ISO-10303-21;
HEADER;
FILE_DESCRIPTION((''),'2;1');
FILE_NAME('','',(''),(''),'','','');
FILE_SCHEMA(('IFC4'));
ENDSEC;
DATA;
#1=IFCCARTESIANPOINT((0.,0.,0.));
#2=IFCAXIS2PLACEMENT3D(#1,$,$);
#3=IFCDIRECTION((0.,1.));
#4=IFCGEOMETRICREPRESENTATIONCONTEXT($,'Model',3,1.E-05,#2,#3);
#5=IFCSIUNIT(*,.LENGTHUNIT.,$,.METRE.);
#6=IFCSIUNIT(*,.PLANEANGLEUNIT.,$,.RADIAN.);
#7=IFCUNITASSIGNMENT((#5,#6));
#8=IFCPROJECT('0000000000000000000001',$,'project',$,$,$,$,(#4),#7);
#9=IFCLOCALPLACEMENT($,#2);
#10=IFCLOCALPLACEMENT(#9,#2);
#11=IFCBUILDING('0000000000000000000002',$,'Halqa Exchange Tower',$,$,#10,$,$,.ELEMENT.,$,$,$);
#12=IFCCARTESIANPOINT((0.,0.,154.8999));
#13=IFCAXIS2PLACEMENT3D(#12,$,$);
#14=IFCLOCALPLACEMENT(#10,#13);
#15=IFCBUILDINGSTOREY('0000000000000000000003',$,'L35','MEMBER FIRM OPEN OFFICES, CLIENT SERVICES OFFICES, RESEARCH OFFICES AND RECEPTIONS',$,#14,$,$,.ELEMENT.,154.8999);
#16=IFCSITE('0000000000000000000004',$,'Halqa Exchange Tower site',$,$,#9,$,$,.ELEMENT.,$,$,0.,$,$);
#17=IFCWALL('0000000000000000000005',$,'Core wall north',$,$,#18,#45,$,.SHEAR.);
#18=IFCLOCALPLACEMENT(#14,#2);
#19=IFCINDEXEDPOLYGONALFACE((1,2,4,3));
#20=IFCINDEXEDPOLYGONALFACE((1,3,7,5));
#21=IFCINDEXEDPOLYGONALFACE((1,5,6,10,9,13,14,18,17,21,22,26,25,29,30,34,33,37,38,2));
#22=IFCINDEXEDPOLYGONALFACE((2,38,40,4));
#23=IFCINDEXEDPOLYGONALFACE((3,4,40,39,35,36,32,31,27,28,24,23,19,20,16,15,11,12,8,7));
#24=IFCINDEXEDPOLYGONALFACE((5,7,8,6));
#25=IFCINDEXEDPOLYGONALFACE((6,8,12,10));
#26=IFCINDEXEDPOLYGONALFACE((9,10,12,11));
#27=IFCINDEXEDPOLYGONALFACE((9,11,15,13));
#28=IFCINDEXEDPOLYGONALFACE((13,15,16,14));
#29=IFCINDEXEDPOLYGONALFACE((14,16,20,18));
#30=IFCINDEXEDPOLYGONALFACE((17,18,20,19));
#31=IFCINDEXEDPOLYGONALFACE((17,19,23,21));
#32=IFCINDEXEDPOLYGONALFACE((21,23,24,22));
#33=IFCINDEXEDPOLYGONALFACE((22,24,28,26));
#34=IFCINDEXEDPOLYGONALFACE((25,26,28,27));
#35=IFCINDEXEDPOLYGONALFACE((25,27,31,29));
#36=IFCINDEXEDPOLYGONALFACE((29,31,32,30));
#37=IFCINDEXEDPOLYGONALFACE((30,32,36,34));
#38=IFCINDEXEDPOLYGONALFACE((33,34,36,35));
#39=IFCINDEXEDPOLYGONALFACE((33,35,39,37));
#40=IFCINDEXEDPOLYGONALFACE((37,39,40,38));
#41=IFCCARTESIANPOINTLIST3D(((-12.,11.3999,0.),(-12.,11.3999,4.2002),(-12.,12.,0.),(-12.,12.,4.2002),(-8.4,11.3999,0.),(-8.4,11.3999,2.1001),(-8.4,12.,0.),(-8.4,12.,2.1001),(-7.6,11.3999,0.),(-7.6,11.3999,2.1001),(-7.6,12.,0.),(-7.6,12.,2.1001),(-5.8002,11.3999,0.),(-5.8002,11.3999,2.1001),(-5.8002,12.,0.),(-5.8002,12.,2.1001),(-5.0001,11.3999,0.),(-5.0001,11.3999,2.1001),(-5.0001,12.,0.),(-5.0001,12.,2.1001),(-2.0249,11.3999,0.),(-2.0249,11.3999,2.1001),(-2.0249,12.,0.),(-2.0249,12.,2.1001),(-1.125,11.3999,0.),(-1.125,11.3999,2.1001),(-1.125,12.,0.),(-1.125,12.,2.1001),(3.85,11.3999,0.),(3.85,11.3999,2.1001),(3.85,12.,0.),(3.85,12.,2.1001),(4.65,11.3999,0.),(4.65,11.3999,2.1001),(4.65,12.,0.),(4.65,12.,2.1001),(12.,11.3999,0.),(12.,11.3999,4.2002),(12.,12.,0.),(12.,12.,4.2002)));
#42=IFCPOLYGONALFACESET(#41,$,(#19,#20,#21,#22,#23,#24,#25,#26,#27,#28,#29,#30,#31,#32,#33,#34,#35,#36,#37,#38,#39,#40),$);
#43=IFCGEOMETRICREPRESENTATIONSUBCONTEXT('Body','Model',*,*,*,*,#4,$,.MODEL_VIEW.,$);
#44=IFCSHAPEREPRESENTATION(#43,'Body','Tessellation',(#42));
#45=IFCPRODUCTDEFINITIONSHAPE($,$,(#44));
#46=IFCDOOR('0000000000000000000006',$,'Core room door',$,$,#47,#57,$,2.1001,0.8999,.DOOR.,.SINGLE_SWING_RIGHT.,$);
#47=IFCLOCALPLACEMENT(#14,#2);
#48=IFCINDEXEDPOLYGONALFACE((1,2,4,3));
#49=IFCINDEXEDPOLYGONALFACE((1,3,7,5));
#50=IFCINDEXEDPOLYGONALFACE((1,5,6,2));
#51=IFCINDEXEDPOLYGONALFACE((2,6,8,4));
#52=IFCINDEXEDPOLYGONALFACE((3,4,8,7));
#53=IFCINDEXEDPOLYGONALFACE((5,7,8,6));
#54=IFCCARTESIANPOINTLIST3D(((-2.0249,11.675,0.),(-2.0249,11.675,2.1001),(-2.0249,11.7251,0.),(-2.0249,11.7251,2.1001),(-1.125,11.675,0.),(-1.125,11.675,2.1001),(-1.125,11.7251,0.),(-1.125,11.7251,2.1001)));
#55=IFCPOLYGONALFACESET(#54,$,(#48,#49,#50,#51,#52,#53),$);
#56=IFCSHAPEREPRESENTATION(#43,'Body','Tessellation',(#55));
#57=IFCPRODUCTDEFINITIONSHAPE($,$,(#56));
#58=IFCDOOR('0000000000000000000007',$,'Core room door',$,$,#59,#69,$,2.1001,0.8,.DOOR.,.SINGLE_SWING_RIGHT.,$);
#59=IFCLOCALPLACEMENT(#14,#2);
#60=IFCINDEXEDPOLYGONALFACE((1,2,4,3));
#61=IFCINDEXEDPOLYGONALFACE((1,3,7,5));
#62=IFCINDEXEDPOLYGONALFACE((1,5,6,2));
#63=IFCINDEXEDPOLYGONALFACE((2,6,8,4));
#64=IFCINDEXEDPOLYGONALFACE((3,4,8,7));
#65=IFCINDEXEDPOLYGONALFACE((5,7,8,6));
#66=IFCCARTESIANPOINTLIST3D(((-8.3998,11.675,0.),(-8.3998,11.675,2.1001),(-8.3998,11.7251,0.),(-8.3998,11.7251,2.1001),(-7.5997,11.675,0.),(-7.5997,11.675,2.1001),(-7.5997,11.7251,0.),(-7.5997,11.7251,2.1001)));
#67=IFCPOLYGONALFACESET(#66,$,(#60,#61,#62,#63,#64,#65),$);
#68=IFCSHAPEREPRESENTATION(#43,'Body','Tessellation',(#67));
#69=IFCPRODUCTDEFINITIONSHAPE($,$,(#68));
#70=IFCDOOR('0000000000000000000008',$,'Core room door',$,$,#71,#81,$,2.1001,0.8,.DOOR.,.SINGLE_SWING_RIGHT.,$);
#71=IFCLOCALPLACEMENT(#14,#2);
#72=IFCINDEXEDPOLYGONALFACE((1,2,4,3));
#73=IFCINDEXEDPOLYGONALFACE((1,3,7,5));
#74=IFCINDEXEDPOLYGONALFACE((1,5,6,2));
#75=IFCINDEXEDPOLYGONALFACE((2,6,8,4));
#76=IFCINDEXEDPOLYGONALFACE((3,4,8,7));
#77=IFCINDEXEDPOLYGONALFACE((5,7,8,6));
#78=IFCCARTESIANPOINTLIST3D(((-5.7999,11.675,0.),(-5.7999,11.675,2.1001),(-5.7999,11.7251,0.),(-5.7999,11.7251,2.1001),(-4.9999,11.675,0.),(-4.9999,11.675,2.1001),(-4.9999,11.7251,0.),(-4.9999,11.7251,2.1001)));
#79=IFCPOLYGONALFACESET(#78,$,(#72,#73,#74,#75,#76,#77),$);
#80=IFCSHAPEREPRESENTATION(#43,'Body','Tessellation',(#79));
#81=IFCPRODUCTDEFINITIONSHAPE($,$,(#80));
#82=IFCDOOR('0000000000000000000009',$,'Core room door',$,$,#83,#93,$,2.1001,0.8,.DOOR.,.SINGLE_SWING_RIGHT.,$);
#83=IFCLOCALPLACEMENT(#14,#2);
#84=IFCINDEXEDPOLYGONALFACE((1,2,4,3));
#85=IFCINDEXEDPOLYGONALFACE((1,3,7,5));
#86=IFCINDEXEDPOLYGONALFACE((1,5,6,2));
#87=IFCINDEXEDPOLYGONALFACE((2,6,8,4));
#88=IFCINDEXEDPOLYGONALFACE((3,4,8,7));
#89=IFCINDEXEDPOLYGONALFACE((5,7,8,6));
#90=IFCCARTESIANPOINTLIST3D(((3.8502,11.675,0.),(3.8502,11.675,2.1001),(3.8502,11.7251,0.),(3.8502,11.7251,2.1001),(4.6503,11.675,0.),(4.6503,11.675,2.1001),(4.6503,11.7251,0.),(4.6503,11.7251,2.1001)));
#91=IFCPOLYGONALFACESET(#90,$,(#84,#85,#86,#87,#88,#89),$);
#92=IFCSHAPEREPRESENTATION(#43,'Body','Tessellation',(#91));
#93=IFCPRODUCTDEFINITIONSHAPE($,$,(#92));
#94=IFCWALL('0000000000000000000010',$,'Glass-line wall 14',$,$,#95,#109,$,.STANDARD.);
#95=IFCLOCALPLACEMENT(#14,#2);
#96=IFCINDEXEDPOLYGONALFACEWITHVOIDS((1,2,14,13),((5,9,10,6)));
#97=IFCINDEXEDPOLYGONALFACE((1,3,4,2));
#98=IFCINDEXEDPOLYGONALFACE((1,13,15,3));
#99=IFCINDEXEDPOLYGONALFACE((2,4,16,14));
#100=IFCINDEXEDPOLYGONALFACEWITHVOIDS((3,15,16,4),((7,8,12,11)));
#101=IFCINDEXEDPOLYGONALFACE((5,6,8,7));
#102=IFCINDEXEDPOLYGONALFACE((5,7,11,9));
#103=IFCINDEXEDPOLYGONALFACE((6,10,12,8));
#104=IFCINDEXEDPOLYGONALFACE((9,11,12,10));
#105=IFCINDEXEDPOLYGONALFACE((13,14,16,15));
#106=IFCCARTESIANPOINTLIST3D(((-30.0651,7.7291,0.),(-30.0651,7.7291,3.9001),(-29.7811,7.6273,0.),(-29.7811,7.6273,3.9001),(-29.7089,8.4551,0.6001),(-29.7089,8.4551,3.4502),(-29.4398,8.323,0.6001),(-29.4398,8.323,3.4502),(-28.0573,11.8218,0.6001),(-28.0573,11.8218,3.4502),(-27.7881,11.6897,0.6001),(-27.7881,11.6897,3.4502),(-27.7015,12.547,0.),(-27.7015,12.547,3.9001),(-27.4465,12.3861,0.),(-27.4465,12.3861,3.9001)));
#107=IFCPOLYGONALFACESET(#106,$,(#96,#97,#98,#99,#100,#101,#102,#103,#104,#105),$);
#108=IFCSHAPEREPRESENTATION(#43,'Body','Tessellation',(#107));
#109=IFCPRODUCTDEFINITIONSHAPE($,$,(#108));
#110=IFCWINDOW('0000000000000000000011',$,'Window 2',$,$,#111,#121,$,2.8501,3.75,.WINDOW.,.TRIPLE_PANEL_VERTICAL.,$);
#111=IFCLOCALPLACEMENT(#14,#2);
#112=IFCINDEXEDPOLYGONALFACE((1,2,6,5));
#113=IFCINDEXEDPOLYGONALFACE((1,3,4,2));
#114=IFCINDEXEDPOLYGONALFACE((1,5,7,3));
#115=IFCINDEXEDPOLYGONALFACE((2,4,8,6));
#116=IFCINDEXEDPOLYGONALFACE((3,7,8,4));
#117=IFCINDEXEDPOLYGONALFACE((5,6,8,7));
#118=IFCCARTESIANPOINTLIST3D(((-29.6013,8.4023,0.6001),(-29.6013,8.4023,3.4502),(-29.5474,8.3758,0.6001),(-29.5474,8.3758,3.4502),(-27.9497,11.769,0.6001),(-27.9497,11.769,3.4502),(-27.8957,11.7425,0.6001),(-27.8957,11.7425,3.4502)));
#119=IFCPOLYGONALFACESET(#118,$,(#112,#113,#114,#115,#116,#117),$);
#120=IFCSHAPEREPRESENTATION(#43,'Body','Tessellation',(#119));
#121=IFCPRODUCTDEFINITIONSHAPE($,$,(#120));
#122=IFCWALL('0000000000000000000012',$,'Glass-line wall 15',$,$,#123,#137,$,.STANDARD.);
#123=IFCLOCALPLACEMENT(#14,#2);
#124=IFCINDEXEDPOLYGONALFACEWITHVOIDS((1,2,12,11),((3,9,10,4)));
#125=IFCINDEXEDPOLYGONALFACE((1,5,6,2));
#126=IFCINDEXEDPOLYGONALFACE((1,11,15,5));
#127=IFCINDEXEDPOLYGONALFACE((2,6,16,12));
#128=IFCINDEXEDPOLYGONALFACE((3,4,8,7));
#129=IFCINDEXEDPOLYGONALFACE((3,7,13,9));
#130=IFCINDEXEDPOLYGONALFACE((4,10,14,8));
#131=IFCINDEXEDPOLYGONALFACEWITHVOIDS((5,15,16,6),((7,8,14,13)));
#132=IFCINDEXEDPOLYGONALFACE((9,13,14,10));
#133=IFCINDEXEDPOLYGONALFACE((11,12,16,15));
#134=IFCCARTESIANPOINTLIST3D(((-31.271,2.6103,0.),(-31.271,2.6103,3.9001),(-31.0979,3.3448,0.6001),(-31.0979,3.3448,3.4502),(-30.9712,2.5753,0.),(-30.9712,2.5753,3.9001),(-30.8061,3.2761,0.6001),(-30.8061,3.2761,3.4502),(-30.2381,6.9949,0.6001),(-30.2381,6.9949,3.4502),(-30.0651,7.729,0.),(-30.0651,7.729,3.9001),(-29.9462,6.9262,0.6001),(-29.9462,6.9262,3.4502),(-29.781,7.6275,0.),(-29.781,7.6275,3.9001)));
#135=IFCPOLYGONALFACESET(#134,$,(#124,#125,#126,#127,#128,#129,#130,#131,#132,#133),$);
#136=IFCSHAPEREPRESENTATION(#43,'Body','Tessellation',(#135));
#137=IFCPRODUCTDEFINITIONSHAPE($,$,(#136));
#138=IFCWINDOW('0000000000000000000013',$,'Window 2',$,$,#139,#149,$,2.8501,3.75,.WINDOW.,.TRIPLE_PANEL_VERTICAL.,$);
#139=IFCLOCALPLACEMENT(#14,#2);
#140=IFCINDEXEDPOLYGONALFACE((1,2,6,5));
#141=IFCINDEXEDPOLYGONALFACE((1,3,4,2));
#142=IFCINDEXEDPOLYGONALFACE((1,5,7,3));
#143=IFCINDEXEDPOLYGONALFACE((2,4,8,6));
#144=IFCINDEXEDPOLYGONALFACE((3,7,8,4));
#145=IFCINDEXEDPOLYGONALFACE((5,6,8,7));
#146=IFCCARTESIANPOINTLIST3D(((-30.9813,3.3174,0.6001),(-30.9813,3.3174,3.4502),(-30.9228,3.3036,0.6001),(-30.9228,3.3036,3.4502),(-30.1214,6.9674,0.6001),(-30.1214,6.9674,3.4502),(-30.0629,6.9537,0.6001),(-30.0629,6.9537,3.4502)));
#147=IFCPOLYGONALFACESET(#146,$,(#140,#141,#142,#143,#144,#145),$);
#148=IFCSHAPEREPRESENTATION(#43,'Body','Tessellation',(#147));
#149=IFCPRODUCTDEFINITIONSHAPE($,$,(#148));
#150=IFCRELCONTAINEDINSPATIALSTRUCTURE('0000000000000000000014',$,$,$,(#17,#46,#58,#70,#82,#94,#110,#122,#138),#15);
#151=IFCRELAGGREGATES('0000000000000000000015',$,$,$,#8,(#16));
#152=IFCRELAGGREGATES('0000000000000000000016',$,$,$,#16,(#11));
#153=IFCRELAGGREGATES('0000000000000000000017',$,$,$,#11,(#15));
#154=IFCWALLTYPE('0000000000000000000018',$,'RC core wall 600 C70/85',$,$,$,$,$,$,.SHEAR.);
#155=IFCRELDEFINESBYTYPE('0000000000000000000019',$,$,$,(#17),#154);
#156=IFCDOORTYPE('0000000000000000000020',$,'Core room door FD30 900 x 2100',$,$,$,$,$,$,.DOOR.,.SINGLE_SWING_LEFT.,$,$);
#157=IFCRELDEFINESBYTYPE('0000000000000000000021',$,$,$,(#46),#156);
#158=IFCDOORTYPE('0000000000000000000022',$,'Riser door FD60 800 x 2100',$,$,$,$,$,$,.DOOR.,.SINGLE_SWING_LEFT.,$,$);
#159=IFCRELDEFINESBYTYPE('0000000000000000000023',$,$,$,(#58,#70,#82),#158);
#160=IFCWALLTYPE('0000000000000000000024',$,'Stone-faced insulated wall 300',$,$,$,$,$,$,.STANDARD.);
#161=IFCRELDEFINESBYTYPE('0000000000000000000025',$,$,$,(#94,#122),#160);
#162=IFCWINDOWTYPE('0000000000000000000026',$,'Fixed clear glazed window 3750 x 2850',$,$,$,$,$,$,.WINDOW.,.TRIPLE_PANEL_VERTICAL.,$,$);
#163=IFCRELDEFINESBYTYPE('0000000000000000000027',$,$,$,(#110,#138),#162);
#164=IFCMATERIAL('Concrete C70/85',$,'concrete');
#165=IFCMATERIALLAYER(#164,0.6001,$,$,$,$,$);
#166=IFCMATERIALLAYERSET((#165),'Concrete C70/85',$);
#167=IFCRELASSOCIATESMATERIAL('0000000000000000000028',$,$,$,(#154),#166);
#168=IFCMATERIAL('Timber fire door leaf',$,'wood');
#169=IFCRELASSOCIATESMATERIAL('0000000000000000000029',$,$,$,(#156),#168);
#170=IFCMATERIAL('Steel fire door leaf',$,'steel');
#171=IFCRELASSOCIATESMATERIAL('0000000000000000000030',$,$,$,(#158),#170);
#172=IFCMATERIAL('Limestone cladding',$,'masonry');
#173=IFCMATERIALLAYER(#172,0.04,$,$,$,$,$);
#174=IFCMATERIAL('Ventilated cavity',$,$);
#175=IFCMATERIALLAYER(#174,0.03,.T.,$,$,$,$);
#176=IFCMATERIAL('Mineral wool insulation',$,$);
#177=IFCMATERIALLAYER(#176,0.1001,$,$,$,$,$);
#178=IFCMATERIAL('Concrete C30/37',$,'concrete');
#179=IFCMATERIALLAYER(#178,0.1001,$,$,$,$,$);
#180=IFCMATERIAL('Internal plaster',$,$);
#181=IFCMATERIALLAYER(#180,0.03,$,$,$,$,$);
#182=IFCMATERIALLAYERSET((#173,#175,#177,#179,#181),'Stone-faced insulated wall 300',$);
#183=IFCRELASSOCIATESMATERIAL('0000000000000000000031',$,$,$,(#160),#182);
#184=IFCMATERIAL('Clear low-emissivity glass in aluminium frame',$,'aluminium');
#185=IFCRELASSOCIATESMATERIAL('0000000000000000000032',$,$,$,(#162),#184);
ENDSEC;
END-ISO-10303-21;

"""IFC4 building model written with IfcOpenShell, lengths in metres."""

from ifc_helpers import new_model, si_unit, direction, frame, frame_2d, origin, place, context, subcontext, project, spatial, polyline, rectangle, outline, extrude, material, layer, layer_set, type_object, element, fill, save


model = new_model("IFC4")

# Units and contexts
model_context = context("Model", 3, precision=1e-05, world=origin(), true_north=direction((0.0, 1.0)))
body_context = subcontext(model_context, "Body", "Model", "MODEL_VIEW")
ifc_project = project(units=[si_unit("LENGTHUNIT", "METRE"), si_unit("PLANEANGLEUNIT", "RADIAN")], contexts=[model_context])

# Site, building, storey
site_placement = place(None, origin())
site = spatial("IfcSite", under=ifc_project, at=site_placement, Name="Halqa Exchange Tower site", CompositionType="ELEMENT", RefElevation=0.0)
building_placement = place(site_placement, origin())
building = spatial("IfcBuilding", under=site, at=building_placement, Name="Halqa Exchange Tower", CompositionType="ELEMENT")
storey_placement = place(building_placement, frame((0.0, 0.0, 154.8999)))
storey = spatial("IfcBuildingStorey", under=building, at=storey_placement, Name="L35", Description="MEMBER FIRM OPEN OFFICES, CLIENT SERVICES OFFICES, RESEARCH OFFICES AND RECEPTIONS", CompositionType="ELEMENT", Elevation=154.8999)

# Shared definitions
ifc_material_1 = material(Name="Concrete C70/85", Category="concrete")

# Wall, openings, doors
ifc_layer_1 = layer(ifc_material_1, 0.6001)
ifc_layer_set_1 = layer_set([ifc_layer_1], Name="Concrete C70/85")
wall_type_1 = type_object("IfcWallType", Name="RC core wall 600 C70/85", PredefinedType="SHEAR", material=ifc_layer_set_1)
wall_1_placement = place(storey_placement, frame((-12.0, 11.7, 0.0), z_axis=(0.0, 0.0, 1.0), x_axis=(1.0, 0.0, 0.0)))
wall_1 = element("IfcWall", 1, at=wall_1_placement, inside=storey, type_object=wall_type_1, Name="Core wall north", PredefinedType="SHEAR", context=body_context, shape_type="SweptSolid", body=[
    extrude(rectangle(XDim=24.0, YDim=0.6001, at=frame_2d((12.0, 0.0))), origin(), (0.0, 0.0, 1.0), 4.2002),
])
opening_1_placement = place(wall_1_placement, frame((9.9751, 0.0, 0.0)))
opening_1 = element("IfcOpeningElement", 2, at=opening_1_placement, cuts=wall_1, PredefinedType="OPENING", context=body_context, shape_type="SweptSolid", body=[
    extrude(rectangle(XDim=0.8999, YDim=2.1001, at=frame_2d((0.45, 1.05))), frame((0.0, 0.312, 0.0), z_axis=(0.0, -1.0, 0.0), x_axis=(1.0, 0.0, 0.0)), (0.0, 0.0, 1.0), 0.624),
])
opening_2_placement = place(wall_1_placement, frame((3.6001, 0.0, 0.0)))
opening_2 = element("IfcOpeningElement", 3, at=opening_2_placement, cuts=wall_1, PredefinedType="OPENING", context=body_context, shape_type="SweptSolid", body=[
    extrude(rectangle(XDim=0.8, YDim=2.1001, at=frame_2d((0.3999, 1.05))), frame((0.0, 0.312, 0.0), z_axis=(0.0, -1.0, 0.0), x_axis=(1.0, 0.0, 0.0)), (0.0, 0.0, 1.0), 0.624),
])
opening_3_placement = place(wall_1_placement, frame((6.2, 0.0, 0.0)))
opening_3 = element("IfcOpeningElement", 4, at=opening_3_placement, cuts=wall_1, PredefinedType="OPENING", context=body_context, shape_type="SweptSolid", body=[
    extrude(rectangle(XDim=0.8, YDim=2.1001, at=frame_2d((0.3999, 1.05))), frame((0.0, 0.312, 0.0), z_axis=(0.0, -1.0, 0.0), x_axis=(1.0, 0.0, 0.0)), (0.0, 0.0, 1.0), 0.624),
])
opening_4_placement = place(wall_1_placement, frame((15.8501, 0.0, 0.0)))
opening_4 = element("IfcOpeningElement", 5, at=opening_4_placement, cuts=wall_1, PredefinedType="OPENING", context=body_context, shape_type="SweptSolid", body=[
    extrude(rectangle(XDim=0.8, YDim=2.1001, at=frame_2d((0.3999, 1.05))), frame((0.0, 0.312, 0.0), z_axis=(0.0, -1.0, 0.0), x_axis=(1.0, 0.0, 0.0)), (0.0, 0.0, 1.0), 0.624),
])
ifc_material_2 = material(Name="Timber fire door leaf", Category="wood")
door_type_1 = type_object("IfcDoorType", Name="Core room door FD30 900 x 2100", OperationType="SINGLE_SWING_LEFT", PredefinedType="DOOR", material=ifc_material_2)
door_1_placement = place(opening_1_placement, frame((0.8999, 0.0, 0.0), z_axis=(0.0, 0.0, 1.0), x_axis=(-1.0, 0.0, 0.0)))
door_1 = element("IfcDoor", 6, at=door_1_placement, inside=storey, type_object=door_type_1, Name="Core room door", OperationType="SINGLE_SWING_RIGHT", OverallHeight=2.1001, OverallWidth=0.8999, PredefinedType="DOOR", context=body_context, shape_type="SweptSolid", body=[
    extrude(rectangle(XDim=0.8999, YDim=2.1001, at=frame_2d((0.45, 1.05))), frame((0.0, 0.0249, 0.0), z_axis=(0.0, -1.0, 0.0), x_axis=(1.0, 0.0, 0.0)), (0.0, 0.0, 1.0), 0.05),
])
fill(opening_1, door_1)
ifc_material_3 = material(Name="Steel fire door leaf", Category="steel")
door_type_2 = type_object("IfcDoorType", Name="Riser door FD60 800 x 2100", OperationType="SINGLE_SWING_LEFT", PredefinedType="DOOR", material=ifc_material_3)
door_2_placement = place(opening_2_placement, frame((0.8, 0.0, 0.0), z_axis=(0.0, 0.0, 1.0), x_axis=(-1.0, 0.0, 0.0)))
door_2 = element("IfcDoor", 7, at=door_2_placement, inside=storey, type_object=door_type_2, Name="Core room door", OperationType="SINGLE_SWING_RIGHT", OverallHeight=2.1001, OverallWidth=0.8, PredefinedType="DOOR", context=body_context, shape_type="SweptSolid", body=[
    extrude(rectangle(XDim=0.8, YDim=2.1001, at=frame_2d((0.3999, 1.05))), frame((0.0, 0.0249, 0.0), z_axis=(0.0, -1.0, 0.0), x_axis=(1.0, 0.0, 0.0)), (0.0, 0.0, 1.0), 0.05),
])
fill(opening_2, door_2)
door_3_placement = place(opening_3_placement, frame((0.8, 0.0, 0.0), z_axis=(0.0, 0.0, 1.0), x_axis=(-1.0, 0.0, 0.0)))
door_3 = element("IfcDoor", 8, at=door_3_placement, inside=storey, type_object=door_type_2, Name="Core room door", OperationType="SINGLE_SWING_RIGHT", OverallHeight=2.1001, OverallWidth=0.8, PredefinedType="DOOR", context=body_context, shape_type="SweptSolid", body=[
    extrude(rectangle(XDim=0.8, YDim=2.1001, at=frame_2d((0.3999, 1.05))), frame((0.0, 0.0249, 0.0), z_axis=(0.0, -1.0, 0.0), x_axis=(1.0, 0.0, 0.0)), (0.0, 0.0, 1.0), 0.05),
])
fill(opening_3, door_3)
door_4_placement = place(opening_4_placement, frame((0.8, 0.0, 0.0), z_axis=(0.0, 0.0, 1.0), x_axis=(-1.0, 0.0, 0.0)))
door_4 = element("IfcDoor", 9, at=door_4_placement, inside=storey, type_object=door_type_2, Name="Core room door", OperationType="SINGLE_SWING_RIGHT", OverallHeight=2.1001, OverallWidth=0.8, PredefinedType="DOOR", context=body_context, shape_type="SweptSolid", body=[
    extrude(rectangle(XDim=0.8, YDim=2.1001, at=frame_2d((0.3999, 1.05))), frame((0.0, 0.0249, 0.0), z_axis=(0.0, -1.0, 0.0), x_axis=(1.0, 0.0, 0.0)), (0.0, 0.0, 1.0), 0.05),
])
fill(opening_4, door_4)

# Walls, openings, windows
ifc_material_4 = material(Name="Limestone cladding", Category="masonry")
ifc_layer_2 = layer(ifc_material_4, 0.04)
ifc_material_5 = material(Name="Ventilated cavity")
ifc_layer_3 = layer(ifc_material_5, 0.03, ventilated=True)
ifc_material_6 = material(Name="Mineral wool insulation")
ifc_layer_4 = layer(ifc_material_6, 0.1001)
ifc_material_7 = material(Name="Concrete C30/37", Category="concrete")
ifc_layer_5 = layer(ifc_material_7, 0.1001)
ifc_material_8 = material(Name="Internal plaster")
ifc_layer_6 = layer(ifc_material_8, 0.03)
ifc_layer_set_2 = layer_set([ifc_layer_2, ifc_layer_3, ifc_layer_4, ifc_layer_5, ifc_layer_6], Name="Stone-faced insulated wall 300")
wall_type_2 = type_object("IfcWallType", Name="Stone-faced insulated wall 300", PredefinedType="STANDARD", material=ifc_layer_set_2)
wall_2_placement = place(storey_placement, frame((-27.574, 12.4666, 0.0), z_axis=(0.0, 0.0, 1.0), x_axis=(-0.440444, -0.89778, 0.0)))
wall_2 = element("IfcWall", 10, at=wall_2_placement, inside=storey, type_object=wall_type_2, Name="Glass-line wall 14", PredefinedType="STANDARD", context=body_context, shape_type="SweptSolid", body=[
    extrude(outline(polyline([(-0.0161, -0.1499), (5.3503, -0.1499), (5.3167, 0.1499), (0.0161, 0.1499), (-0.0161, -0.1499)])), origin(), (0.0, 0.0, 1.0), 3.9001),
])
opening_5_placement = place(wall_2_placement, frame((0.7917, 0.0, 0.6001)))
opening_5 = element("IfcOpeningElement", 11, at=opening_5_placement, cuts=wall_2, PredefinedType="OPENING", context=body_context, shape_type="SweptSolid", body=[
    extrude(rectangle(XDim=3.75, YDim=2.8501, at=frame_2d((1.875, 1.425))), frame((0.0, 0.1621, 0.0), z_axis=(0.0, -1.0, 0.0), x_axis=(1.0, 0.0, 0.0)), (0.0, 0.0, 1.0), 0.324),
])
ifc_material_9 = material(Name="Clear low-emissivity glass in aluminium frame", Category="aluminium")
window_type = type_object("IfcWindowType", Name="Fixed clear glazed window 3750 x 2850", PartitioningType="TRIPLE_PANEL_VERTICAL", PredefinedType="WINDOW", material=ifc_material_9)
window_1_placement = place(opening_5_placement, origin())
window_1 = element("IfcWindow", 12, at=window_1_placement, inside=storey, type_object=window_type, Name="Window 2", OverallHeight=2.8501, OverallWidth=3.75, PartitioningType="TRIPLE_PANEL_VERTICAL", PredefinedType="WINDOW", context=body_context, shape_type="SweptSolid", body=[
    extrude(rectangle(XDim=3.75, YDim=2.8501, at=frame_2d((1.875, 1.425))), frame((0.0, 0.03, 0.0), z_axis=(0.0, -1.0, 0.0), x_axis=(1.0, 0.0, 0.0)), (0.0, 0.0, 1.0), 0.0601),
])
fill(opening_5, window_1)
wall_3_placement = place(storey_placement, frame((-29.9231, 7.6782, 0.0), z_axis=(0.0, 0.0, 1.0), x_axis=(-0.229297, -0.973356, 0.0)))
wall_3 = element("IfcWall", 13, at=wall_3_placement, inside=storey, type_object=wall_type_2, Name="Glass-line wall 15", PredefinedType="STANDARD", context=body_context, shape_type="SweptSolid", body=[
    extrude(outline(polyline([(-0.0168, -0.1499), (5.2419, -0.1499), (5.2073, 0.1499), (0.0168, 0.1499), (-0.0168, -0.1499)])), origin(), (0.0, 0.0, 1.0), 3.9001),
])
opening_6_placement = place(wall_3_placement, frame((0.7373, 0.0, 0.6001)))
opening_6 = element("IfcOpeningElement", 14, at=opening_6_placement, cuts=wall_3, PredefinedType="OPENING", context=body_context, shape_type="SweptSolid", body=[
    extrude(rectangle(XDim=3.75, YDim=2.8501, at=frame_2d((1.875, 1.425))), frame((0.0, 0.1621, 0.0), z_axis=(0.0, -1.0, 0.0), x_axis=(1.0, 0.0, 0.0)), (0.0, 0.0, 1.0), 0.324),
])
window_2_placement = place(opening_6_placement, origin())
window_2 = element("IfcWindow", 15, at=window_2_placement, inside=storey, type_object=window_type, Name="Window 2", OverallHeight=2.8501, OverallWidth=3.75, PartitioningType="TRIPLE_PANEL_VERTICAL", PredefinedType="WINDOW", context=body_context, shape_type="SweptSolid", body=[
    extrude(rectangle(XDim=3.75, YDim=2.8501, at=frame_2d((1.875, 1.425))), frame((0.0, 0.03, 0.0), z_axis=(0.0, -1.0, 0.0), x_axis=(1.0, 0.0, 0.0)), (0.0, 0.0, 1.0), 0.0601),
])
fill(opening_6, window_2)

save(model, "model.ifc")
